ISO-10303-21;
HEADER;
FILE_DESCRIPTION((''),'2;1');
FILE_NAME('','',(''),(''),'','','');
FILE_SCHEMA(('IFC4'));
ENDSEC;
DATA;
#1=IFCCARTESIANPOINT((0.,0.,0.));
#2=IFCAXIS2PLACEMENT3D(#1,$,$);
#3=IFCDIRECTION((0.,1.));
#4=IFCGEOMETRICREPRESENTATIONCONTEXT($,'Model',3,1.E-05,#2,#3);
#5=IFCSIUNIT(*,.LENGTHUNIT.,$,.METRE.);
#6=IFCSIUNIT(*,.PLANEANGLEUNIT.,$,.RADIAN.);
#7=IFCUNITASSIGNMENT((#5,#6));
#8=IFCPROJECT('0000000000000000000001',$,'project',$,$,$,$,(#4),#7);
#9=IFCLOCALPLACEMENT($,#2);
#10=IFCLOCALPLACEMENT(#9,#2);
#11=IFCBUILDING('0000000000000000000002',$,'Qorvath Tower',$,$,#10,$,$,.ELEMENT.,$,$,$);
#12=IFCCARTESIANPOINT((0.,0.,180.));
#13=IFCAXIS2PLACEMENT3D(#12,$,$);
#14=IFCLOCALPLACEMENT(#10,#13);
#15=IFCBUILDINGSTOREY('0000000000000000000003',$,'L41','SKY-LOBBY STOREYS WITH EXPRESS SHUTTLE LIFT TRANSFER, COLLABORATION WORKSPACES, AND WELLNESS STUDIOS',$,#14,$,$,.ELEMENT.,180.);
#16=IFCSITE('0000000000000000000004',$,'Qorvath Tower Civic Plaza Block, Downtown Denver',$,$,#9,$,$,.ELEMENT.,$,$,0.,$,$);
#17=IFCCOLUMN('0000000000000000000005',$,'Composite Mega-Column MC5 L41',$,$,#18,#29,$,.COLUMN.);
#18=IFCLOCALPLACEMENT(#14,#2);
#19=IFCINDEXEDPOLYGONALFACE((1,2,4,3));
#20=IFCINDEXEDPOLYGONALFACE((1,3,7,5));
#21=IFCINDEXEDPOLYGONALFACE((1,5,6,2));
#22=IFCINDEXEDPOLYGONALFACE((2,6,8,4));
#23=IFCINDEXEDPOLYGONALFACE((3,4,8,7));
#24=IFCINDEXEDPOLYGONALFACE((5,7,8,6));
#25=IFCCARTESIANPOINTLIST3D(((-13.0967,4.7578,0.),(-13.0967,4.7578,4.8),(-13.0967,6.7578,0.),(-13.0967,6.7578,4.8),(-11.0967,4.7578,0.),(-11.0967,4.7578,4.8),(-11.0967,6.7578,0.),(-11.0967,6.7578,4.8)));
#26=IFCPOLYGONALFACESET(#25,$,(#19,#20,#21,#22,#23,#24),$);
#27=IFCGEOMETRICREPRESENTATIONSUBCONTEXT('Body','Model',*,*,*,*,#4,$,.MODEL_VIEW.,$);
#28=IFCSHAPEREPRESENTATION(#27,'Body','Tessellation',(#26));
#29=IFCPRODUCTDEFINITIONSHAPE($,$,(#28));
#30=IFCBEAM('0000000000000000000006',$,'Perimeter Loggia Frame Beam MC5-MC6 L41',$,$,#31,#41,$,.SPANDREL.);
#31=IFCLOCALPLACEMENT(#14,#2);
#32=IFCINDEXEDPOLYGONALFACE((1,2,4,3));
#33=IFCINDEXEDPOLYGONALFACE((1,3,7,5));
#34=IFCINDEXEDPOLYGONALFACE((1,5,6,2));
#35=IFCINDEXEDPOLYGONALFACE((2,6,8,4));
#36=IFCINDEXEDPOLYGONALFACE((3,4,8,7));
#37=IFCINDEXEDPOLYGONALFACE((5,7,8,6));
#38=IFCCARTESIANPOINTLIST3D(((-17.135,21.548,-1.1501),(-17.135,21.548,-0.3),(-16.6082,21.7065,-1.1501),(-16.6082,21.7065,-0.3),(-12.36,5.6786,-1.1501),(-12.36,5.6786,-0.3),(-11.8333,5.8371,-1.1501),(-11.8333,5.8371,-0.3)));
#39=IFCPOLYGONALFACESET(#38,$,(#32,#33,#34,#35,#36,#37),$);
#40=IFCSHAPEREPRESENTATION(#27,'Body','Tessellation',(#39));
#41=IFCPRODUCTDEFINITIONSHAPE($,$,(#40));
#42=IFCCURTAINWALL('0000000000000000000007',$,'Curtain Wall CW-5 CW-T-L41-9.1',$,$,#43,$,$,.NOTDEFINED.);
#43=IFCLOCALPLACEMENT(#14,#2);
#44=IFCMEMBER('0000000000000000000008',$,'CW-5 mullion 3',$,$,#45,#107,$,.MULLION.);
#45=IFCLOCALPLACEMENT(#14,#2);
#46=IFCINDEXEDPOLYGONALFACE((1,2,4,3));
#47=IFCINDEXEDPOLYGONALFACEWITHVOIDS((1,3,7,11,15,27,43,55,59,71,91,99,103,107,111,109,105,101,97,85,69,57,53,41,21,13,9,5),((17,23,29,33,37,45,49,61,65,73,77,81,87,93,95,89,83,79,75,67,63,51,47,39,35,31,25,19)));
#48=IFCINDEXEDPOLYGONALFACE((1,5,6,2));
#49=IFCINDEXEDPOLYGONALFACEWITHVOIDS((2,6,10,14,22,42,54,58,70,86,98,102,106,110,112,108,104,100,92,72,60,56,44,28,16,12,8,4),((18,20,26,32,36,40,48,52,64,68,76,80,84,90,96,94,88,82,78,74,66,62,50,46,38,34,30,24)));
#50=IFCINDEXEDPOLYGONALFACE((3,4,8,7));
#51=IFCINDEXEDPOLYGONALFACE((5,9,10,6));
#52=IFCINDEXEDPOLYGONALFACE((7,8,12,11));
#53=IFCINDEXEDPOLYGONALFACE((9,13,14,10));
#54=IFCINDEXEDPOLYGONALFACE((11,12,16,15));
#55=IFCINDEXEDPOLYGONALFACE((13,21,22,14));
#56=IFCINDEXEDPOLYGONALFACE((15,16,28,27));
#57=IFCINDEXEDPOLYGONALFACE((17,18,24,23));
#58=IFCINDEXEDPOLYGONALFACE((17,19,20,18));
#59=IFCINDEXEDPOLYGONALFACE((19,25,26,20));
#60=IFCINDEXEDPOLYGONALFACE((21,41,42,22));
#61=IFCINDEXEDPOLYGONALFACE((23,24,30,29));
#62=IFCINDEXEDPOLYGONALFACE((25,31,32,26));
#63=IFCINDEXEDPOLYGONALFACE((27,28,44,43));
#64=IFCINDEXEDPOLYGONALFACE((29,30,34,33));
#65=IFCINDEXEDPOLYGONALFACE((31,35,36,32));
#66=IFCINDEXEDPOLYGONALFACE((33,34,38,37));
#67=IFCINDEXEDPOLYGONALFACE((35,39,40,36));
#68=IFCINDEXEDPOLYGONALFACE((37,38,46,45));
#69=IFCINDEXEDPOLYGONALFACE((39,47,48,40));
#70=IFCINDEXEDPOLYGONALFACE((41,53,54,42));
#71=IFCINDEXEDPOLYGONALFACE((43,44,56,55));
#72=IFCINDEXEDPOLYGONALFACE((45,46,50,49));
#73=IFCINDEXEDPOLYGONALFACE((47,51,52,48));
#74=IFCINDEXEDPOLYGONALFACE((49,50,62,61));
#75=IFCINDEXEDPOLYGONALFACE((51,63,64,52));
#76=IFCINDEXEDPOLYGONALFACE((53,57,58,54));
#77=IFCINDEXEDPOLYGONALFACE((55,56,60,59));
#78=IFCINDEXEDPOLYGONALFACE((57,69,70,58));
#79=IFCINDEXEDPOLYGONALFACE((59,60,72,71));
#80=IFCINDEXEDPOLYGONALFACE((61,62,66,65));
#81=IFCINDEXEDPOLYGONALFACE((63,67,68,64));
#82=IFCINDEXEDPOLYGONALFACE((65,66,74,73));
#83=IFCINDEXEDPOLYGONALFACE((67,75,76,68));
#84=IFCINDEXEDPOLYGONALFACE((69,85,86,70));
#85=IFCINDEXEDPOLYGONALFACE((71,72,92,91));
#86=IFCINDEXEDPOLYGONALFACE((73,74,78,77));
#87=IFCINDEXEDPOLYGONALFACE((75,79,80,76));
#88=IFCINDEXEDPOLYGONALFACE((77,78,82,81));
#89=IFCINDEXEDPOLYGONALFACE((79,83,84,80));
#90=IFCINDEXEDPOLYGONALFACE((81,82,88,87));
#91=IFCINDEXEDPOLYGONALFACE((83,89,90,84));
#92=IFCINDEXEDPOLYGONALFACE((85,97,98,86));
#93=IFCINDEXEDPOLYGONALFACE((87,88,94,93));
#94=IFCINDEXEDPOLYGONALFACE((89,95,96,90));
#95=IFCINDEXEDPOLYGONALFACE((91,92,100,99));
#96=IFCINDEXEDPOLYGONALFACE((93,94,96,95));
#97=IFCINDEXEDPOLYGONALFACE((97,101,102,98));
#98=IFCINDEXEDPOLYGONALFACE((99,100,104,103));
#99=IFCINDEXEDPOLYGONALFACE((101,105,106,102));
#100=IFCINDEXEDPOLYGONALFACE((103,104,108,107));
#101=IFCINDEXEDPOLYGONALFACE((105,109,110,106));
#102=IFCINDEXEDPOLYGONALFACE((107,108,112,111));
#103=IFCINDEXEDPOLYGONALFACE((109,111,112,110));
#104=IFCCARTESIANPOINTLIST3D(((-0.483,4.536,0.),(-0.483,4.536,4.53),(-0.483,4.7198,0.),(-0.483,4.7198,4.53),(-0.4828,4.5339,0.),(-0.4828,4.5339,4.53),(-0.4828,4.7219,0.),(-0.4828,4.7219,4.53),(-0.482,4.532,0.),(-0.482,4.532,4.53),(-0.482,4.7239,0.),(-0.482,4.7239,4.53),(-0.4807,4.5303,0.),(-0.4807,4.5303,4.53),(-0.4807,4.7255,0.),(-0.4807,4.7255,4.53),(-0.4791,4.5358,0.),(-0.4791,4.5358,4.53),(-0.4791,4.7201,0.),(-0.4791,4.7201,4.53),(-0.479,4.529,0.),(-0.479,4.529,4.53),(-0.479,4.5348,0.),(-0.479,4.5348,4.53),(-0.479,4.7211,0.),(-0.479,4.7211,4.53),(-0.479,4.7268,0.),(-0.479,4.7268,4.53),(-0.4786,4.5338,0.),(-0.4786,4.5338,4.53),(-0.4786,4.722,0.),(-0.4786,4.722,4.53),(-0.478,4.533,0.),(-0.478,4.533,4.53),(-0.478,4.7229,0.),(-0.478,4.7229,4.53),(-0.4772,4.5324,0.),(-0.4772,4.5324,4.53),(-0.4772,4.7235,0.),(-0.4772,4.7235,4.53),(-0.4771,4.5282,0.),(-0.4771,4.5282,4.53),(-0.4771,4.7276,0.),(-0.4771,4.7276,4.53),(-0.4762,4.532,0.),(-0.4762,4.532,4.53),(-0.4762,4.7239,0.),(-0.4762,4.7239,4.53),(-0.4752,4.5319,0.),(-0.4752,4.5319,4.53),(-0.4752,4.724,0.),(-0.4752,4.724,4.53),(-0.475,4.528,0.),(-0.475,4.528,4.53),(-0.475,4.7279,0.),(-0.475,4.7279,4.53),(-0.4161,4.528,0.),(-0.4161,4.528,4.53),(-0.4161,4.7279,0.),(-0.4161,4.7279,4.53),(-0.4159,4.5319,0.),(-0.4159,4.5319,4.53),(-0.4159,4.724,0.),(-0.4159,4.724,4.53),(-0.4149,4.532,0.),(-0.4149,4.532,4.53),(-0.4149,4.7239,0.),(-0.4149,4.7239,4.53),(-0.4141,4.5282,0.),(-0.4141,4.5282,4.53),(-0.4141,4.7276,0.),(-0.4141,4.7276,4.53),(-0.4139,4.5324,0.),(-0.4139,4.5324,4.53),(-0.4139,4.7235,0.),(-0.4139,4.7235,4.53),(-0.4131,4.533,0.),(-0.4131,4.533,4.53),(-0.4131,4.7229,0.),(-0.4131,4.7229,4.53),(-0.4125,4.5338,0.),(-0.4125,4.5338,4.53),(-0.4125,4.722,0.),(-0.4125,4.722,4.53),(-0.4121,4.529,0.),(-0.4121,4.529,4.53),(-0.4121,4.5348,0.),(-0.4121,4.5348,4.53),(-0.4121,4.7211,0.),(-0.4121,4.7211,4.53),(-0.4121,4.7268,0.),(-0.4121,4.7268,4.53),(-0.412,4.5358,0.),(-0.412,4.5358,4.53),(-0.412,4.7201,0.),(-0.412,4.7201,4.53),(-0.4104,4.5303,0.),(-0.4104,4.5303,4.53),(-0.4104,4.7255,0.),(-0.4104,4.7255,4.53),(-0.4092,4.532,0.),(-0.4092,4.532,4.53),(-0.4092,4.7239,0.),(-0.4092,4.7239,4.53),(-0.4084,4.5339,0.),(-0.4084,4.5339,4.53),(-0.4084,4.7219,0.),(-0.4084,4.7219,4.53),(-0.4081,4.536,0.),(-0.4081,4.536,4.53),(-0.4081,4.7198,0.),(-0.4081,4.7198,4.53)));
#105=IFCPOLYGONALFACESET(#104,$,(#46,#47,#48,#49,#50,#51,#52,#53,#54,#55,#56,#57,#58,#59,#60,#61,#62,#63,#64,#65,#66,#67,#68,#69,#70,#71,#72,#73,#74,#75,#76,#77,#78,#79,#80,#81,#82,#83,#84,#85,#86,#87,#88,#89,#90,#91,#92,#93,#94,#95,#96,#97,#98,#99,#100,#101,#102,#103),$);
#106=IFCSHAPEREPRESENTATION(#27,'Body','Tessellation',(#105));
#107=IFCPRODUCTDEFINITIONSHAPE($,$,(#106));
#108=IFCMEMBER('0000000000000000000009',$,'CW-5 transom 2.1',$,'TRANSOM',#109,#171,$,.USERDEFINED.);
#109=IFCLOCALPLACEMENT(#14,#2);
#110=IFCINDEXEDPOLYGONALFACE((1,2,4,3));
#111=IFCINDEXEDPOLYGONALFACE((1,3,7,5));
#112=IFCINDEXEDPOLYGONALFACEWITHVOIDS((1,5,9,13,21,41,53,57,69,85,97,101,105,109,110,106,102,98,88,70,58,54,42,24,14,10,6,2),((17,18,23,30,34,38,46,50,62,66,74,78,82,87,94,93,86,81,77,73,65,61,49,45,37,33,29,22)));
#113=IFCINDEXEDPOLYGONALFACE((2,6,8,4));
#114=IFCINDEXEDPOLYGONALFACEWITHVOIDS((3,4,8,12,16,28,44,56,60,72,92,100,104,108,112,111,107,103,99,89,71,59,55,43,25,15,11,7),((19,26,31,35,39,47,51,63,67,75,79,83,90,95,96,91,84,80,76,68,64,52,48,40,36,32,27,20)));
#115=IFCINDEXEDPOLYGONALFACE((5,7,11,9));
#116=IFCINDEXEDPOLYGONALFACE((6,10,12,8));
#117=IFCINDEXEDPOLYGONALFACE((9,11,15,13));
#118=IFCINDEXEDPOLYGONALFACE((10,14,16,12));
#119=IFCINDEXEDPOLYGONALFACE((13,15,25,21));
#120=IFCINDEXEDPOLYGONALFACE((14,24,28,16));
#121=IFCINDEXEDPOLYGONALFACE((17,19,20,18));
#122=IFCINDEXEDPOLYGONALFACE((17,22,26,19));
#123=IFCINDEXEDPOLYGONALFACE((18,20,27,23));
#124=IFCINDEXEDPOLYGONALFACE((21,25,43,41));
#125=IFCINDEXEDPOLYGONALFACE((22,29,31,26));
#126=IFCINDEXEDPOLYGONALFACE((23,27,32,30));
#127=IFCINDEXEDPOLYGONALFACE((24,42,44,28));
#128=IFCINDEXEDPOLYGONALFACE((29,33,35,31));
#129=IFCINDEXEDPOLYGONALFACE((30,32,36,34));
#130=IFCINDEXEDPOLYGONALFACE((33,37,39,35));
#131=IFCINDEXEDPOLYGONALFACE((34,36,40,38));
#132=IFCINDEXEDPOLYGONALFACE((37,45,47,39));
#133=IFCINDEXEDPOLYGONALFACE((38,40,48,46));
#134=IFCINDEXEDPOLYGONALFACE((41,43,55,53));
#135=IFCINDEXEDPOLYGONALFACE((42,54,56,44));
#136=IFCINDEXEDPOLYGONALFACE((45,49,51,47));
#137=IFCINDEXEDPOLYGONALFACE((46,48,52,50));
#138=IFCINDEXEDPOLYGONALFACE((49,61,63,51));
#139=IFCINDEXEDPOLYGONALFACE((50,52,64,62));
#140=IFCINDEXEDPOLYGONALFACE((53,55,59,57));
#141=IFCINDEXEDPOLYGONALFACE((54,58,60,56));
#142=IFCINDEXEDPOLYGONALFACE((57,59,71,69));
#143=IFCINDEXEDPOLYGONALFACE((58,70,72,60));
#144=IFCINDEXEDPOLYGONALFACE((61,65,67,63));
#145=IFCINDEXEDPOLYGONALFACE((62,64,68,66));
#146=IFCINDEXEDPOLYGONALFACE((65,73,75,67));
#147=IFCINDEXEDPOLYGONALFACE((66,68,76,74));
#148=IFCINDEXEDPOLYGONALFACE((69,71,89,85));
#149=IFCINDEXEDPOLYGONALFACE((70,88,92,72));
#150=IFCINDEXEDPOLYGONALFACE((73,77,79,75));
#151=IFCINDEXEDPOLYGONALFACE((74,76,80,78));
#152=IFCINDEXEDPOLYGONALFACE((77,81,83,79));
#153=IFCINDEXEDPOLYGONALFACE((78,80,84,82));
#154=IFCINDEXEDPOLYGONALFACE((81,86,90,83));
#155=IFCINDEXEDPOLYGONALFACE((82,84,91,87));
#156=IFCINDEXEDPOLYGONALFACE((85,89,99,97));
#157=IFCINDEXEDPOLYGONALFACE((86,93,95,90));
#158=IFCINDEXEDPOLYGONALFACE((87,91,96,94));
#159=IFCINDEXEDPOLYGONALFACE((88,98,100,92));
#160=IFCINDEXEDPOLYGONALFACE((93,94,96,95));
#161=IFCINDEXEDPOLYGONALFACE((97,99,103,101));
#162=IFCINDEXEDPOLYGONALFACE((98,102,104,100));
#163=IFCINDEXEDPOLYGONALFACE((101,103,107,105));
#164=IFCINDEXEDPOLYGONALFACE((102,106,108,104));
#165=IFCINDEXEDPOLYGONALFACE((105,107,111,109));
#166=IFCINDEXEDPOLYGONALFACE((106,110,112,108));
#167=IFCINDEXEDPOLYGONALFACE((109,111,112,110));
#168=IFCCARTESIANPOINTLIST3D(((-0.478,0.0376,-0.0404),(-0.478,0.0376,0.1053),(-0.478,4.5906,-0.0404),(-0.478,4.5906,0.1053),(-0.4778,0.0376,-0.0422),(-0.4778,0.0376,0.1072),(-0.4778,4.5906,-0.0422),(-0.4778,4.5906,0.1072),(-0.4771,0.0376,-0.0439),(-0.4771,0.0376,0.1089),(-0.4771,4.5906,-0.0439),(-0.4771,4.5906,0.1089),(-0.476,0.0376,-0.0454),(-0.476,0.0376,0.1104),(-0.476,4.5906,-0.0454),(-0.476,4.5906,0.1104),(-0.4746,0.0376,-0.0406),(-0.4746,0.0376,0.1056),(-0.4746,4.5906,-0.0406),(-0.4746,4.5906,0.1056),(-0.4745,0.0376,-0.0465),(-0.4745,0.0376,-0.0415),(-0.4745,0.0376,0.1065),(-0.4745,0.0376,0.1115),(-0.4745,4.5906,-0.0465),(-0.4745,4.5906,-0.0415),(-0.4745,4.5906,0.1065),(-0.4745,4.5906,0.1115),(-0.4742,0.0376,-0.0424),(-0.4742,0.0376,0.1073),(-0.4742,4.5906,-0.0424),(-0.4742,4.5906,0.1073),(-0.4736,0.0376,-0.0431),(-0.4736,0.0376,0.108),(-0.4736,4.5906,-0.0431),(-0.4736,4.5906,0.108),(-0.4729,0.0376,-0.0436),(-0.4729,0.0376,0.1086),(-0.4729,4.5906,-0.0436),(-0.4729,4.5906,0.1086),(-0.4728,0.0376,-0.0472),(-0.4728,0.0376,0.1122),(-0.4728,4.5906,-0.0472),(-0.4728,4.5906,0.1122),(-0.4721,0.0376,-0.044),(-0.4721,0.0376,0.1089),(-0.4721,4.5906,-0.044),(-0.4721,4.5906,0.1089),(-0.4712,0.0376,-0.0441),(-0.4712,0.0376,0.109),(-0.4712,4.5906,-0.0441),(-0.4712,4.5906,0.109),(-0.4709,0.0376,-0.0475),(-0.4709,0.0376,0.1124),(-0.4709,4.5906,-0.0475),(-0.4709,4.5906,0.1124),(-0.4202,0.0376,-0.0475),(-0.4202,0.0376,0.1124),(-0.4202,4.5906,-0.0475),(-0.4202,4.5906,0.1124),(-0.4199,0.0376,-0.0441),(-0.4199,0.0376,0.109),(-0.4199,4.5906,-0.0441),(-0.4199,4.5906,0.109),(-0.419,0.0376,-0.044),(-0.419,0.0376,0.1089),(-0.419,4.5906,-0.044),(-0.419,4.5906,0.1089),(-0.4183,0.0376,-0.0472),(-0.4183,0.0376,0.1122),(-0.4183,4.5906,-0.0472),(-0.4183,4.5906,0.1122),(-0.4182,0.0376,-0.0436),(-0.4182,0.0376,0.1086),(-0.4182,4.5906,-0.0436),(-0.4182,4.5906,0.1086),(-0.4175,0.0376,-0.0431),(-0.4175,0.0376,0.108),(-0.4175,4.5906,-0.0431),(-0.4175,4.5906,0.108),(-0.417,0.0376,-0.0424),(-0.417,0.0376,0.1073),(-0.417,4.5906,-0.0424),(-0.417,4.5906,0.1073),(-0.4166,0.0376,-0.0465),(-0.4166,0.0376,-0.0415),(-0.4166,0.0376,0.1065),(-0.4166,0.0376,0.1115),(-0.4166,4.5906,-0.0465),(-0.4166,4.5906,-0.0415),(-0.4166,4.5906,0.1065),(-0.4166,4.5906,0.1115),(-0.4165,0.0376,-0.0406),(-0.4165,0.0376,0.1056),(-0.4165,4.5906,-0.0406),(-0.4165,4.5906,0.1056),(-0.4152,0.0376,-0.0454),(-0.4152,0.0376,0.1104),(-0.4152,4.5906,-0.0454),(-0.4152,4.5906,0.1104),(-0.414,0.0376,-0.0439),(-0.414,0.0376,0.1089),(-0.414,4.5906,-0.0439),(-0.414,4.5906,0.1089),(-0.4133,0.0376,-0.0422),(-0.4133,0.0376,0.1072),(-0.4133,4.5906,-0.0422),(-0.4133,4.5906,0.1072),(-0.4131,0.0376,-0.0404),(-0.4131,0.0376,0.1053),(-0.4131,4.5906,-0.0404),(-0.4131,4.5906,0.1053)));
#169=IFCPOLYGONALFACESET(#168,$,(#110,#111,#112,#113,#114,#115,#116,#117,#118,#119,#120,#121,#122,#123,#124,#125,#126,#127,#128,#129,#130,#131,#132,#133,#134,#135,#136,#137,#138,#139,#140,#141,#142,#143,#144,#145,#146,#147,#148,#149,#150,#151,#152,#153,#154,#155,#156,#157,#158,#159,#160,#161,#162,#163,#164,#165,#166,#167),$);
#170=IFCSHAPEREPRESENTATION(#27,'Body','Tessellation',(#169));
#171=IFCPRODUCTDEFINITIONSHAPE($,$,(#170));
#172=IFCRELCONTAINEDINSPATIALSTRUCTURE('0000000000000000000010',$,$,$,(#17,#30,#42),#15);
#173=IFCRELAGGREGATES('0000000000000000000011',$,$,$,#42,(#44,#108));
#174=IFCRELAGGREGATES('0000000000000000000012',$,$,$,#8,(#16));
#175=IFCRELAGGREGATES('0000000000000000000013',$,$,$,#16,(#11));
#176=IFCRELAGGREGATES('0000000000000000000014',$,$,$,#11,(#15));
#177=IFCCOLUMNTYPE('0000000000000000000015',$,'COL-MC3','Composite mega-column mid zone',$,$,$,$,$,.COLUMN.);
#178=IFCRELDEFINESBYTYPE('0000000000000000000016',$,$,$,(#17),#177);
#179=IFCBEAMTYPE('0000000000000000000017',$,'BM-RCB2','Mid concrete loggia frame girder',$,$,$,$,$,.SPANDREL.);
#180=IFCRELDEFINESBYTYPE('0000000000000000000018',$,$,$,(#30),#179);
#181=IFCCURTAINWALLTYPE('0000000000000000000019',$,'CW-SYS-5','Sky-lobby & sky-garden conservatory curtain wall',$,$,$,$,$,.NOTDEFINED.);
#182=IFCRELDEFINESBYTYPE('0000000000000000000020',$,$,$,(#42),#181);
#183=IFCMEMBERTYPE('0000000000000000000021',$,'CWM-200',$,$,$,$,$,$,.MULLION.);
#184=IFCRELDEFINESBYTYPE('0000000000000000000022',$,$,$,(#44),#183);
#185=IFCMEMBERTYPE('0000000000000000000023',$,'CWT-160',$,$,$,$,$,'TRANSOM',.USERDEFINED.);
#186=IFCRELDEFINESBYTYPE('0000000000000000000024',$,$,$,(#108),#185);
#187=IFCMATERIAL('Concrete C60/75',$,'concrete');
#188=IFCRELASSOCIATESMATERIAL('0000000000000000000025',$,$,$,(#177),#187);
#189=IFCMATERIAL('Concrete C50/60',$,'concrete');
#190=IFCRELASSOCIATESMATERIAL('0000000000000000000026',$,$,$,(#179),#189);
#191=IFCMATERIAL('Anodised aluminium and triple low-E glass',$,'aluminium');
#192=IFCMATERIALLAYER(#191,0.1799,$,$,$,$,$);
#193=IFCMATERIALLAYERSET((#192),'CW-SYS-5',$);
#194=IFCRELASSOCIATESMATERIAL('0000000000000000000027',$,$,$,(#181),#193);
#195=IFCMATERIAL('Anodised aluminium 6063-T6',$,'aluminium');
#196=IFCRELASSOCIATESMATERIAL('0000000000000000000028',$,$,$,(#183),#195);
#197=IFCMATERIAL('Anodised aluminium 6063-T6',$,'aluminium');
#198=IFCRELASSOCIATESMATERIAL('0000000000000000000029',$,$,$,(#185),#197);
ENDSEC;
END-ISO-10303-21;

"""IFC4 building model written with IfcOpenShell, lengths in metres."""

from ifc_helpers import new_model, si_unit, direction, frame, origin, origin_2d, place, context, subcontext, project, spatial, rectangle, hollow_rectangle, extrude, material, layer, layer_set, material_profile, profile_set, type_object, element, aggregate, save


model = new_model("IFC4")

# Units and contexts
model_context = context("Model", 3, precision=1e-05, world=origin(), true_north=direction((0.0, 1.0)))
body_context = subcontext(model_context, "Body", "Model", "MODEL_VIEW")
ifc_project = project(units=[si_unit("LENGTHUNIT", "METRE"), si_unit("PLANEANGLEUNIT", "RADIAN")], contexts=[model_context])

# Site, building, storey
site_placement = place(None, origin())
site = spatial("IfcSite", under=ifc_project, at=site_placement, Name="Qorvath Tower Civic Plaza Block, Downtown Denver", CompositionType="ELEMENT", RefElevation=0.0)
building_placement = place(site_placement, origin())
building = spatial("IfcBuilding", under=site, at=building_placement, Name="Qorvath Tower", CompositionType="ELEMENT")
storey_placement = place(building_placement, frame((0.0, 0.0, 180.0)))
storey = spatial("IfcBuildingStorey", under=building, at=storey_placement, Name="L41", Description="SKY-LOBBY STOREYS WITH EXPRESS SHUTTLE LIFT TRANSFER, COLLABORATION WORKSPACES, AND WELLNESS STUDIOS", CompositionType="ELEMENT", Elevation=180.0)

# Column
ifc_material_1 = material(Name="Concrete C60/75", Category="concrete")
ifc_material_profile_1 = material_profile(ifc_material_1, rectangle(XDim=2.0, YDim=2.0, at=origin_2d()), Name="MC 2000x2000")
ifc_profile_set_1 = profile_set([ifc_material_profile_1], Name="Concrete C60/75")
column_type = type_object("IfcColumnType", Name="COL-MC3", Description="Composite mega-column mid zone", PredefinedType="COLUMN", material=ifc_profile_set_1)
column_placement = place(storey_placement, frame((-12.0967, 5.7578, 0.0), z_axis=(0.0, 0.0, 1.0), x_axis=(1.0, 0.0, 0.0)))
element("IfcColumn", 1, at=column_placement, inside=storey, type_object=column_type, Name="Composite Mega-Column MC5 L41", PredefinedType="COLUMN", context=body_context, shape_type="SweptSolid", body=[
    extrude(rectangle(XDim=2.0, YDim=2.0, at=origin_2d()), origin(), (0.0, 0.0, 1.0), 4.8),
])

# Beam
ifc_material_2 = material(Name="Concrete C50/60", Category="concrete")
ifc_material_profile_2 = material_profile(ifc_material_2, rectangle(XDim=0.55, YDim=0.8501, at=origin_2d()), Name="RCB 850x550")
ifc_profile_set_2 = profile_set([ifc_material_profile_2], Name="Concrete C50/60")
beam_type = type_object("IfcBeamType", Name="BM-RCB2", Description="Mid concrete loggia frame girder", PredefinedType="SPANDREL", material=ifc_profile_set_2)
beam_placement = place(storey_placement, frame((-12.0967, 5.7578, -0.7251), z_axis=(-0.288128, 0.957592, 0.0), x_axis=(-0.957592, -0.288128, 0.0)))
element("IfcBeam", 2, at=beam_placement, inside=storey, type_object=beam_type, Name="Perimeter Loggia Frame Beam MC5-MC6 L41", PredefinedType="SPANDREL", context=body_context, shape_type="SweptSolid", body=[
    extrude(rectangle(XDim=0.55, YDim=0.8501, at=origin_2d()), origin(), (0.0, 0.0, 1.0), 16.5723),
])

# Curtain wall, members
ifc_material_3 = material(Name="Anodised aluminium and triple low-E glass", Category="aluminium")
ifc_layer_1 = layer(ifc_material_3, 0.1799)
ifc_layer_set_1 = layer_set([ifc_layer_1], Name="CW-SYS-5")
curtain_wall_type = type_object("IfcCurtainWallType", Name="CW-SYS-5", Description="Sky-lobby & sky-garden conservatory curtain wall", PredefinedType="NOTDEFINED", material=ifc_layer_set_1)
curtain_wall_placement = place(storey_placement, origin())
curtain_wall = element("IfcCurtainWall", 3, at=curtain_wall_placement, inside=storey, type_object=curtain_wall_type, Name="Curtain Wall CW-5 CW-T-L41-9.1", PredefinedType="NOTDEFINED")
ifc_material_4 = material(Name="Anodised aluminium 6063-T6", Category="aluminium")
ifc_material_profile_3 = material_profile(ifc_material_4, hollow_rectangle(XDim=0.075, YDim=0.2, WallThickness=0.0039, InnerFilletRadius=0.0039, OuterFilletRadius=0.0081, at=origin_2d()), Name="CWM 200x75")
ifc_profile_set_3 = profile_set([ifc_material_profile_3], Name="Anodised aluminium 6063-T6")
member_type_1 = type_object("IfcMemberType", Name="CWM-200", PredefinedType="MULLION", material=ifc_profile_set_3)
member_1_placement = place(storey_placement, frame((-0.4456, 4.6279, 0.0), z_axis=(0.0, 0.0, 1.0), x_axis=(-1.0, 0.0, 0.0)))
member_1 = element("IfcMember", 4, at=member_1_placement, type_object=member_type_1, Name="CW-5 mullion 3", PredefinedType="MULLION", context=body_context, shape_type="SweptSolid", body=[
    extrude(hollow_rectangle(XDim=0.075, YDim=0.2, WallThickness=0.0039, InnerFilletRadius=0.0039, OuterFilletRadius=0.0081, at=origin_2d()), origin(), (0.0, 0.0, 1.0), 4.53),
])
ifc_material_5 = material(Name="Anodised aluminium 6063-T6", Category="aluminium")
ifc_material_profile_4 = material_profile(ifc_material_5, hollow_rectangle(XDim=0.0649, YDim=0.1599, WallThickness=0.0034, InnerFilletRadius=0.0034, OuterFilletRadius=0.0071, at=origin_2d()), Name="CWT 160x65")
ifc_profile_set_4 = profile_set([ifc_material_profile_4], Name="Anodised aluminium 6063-T6")
member_type_2 = type_object("IfcMemberType", Name="CWT-160", ElementType="TRANSOM", PredefinedType="USERDEFINED", material=ifc_profile_set_4)
member_2_placement = place(storey_placement, frame((-0.4456, 0.0376, 0.0325), z_axis=(0.0, 1.0, 0.0), x_axis=(-1.0, 0.0, 0.0)))
member_2 = element("IfcMember", 5, at=member_2_placement, type_object=member_type_2, Name="CW-5 transom 2.1", ObjectType="TRANSOM", PredefinedType="USERDEFINED", context=body_context, shape_type="SweptSolid", body=[
    extrude(hollow_rectangle(XDim=0.0649, YDim=0.1599, WallThickness=0.0034, InnerFilletRadius=0.0034, OuterFilletRadius=0.0071, at=origin_2d()), origin(), (0.0, 0.0, 1.0), 4.553),
])

aggregate(curtain_wall, [member_1, member_2])

save(model, "model.ifc")
